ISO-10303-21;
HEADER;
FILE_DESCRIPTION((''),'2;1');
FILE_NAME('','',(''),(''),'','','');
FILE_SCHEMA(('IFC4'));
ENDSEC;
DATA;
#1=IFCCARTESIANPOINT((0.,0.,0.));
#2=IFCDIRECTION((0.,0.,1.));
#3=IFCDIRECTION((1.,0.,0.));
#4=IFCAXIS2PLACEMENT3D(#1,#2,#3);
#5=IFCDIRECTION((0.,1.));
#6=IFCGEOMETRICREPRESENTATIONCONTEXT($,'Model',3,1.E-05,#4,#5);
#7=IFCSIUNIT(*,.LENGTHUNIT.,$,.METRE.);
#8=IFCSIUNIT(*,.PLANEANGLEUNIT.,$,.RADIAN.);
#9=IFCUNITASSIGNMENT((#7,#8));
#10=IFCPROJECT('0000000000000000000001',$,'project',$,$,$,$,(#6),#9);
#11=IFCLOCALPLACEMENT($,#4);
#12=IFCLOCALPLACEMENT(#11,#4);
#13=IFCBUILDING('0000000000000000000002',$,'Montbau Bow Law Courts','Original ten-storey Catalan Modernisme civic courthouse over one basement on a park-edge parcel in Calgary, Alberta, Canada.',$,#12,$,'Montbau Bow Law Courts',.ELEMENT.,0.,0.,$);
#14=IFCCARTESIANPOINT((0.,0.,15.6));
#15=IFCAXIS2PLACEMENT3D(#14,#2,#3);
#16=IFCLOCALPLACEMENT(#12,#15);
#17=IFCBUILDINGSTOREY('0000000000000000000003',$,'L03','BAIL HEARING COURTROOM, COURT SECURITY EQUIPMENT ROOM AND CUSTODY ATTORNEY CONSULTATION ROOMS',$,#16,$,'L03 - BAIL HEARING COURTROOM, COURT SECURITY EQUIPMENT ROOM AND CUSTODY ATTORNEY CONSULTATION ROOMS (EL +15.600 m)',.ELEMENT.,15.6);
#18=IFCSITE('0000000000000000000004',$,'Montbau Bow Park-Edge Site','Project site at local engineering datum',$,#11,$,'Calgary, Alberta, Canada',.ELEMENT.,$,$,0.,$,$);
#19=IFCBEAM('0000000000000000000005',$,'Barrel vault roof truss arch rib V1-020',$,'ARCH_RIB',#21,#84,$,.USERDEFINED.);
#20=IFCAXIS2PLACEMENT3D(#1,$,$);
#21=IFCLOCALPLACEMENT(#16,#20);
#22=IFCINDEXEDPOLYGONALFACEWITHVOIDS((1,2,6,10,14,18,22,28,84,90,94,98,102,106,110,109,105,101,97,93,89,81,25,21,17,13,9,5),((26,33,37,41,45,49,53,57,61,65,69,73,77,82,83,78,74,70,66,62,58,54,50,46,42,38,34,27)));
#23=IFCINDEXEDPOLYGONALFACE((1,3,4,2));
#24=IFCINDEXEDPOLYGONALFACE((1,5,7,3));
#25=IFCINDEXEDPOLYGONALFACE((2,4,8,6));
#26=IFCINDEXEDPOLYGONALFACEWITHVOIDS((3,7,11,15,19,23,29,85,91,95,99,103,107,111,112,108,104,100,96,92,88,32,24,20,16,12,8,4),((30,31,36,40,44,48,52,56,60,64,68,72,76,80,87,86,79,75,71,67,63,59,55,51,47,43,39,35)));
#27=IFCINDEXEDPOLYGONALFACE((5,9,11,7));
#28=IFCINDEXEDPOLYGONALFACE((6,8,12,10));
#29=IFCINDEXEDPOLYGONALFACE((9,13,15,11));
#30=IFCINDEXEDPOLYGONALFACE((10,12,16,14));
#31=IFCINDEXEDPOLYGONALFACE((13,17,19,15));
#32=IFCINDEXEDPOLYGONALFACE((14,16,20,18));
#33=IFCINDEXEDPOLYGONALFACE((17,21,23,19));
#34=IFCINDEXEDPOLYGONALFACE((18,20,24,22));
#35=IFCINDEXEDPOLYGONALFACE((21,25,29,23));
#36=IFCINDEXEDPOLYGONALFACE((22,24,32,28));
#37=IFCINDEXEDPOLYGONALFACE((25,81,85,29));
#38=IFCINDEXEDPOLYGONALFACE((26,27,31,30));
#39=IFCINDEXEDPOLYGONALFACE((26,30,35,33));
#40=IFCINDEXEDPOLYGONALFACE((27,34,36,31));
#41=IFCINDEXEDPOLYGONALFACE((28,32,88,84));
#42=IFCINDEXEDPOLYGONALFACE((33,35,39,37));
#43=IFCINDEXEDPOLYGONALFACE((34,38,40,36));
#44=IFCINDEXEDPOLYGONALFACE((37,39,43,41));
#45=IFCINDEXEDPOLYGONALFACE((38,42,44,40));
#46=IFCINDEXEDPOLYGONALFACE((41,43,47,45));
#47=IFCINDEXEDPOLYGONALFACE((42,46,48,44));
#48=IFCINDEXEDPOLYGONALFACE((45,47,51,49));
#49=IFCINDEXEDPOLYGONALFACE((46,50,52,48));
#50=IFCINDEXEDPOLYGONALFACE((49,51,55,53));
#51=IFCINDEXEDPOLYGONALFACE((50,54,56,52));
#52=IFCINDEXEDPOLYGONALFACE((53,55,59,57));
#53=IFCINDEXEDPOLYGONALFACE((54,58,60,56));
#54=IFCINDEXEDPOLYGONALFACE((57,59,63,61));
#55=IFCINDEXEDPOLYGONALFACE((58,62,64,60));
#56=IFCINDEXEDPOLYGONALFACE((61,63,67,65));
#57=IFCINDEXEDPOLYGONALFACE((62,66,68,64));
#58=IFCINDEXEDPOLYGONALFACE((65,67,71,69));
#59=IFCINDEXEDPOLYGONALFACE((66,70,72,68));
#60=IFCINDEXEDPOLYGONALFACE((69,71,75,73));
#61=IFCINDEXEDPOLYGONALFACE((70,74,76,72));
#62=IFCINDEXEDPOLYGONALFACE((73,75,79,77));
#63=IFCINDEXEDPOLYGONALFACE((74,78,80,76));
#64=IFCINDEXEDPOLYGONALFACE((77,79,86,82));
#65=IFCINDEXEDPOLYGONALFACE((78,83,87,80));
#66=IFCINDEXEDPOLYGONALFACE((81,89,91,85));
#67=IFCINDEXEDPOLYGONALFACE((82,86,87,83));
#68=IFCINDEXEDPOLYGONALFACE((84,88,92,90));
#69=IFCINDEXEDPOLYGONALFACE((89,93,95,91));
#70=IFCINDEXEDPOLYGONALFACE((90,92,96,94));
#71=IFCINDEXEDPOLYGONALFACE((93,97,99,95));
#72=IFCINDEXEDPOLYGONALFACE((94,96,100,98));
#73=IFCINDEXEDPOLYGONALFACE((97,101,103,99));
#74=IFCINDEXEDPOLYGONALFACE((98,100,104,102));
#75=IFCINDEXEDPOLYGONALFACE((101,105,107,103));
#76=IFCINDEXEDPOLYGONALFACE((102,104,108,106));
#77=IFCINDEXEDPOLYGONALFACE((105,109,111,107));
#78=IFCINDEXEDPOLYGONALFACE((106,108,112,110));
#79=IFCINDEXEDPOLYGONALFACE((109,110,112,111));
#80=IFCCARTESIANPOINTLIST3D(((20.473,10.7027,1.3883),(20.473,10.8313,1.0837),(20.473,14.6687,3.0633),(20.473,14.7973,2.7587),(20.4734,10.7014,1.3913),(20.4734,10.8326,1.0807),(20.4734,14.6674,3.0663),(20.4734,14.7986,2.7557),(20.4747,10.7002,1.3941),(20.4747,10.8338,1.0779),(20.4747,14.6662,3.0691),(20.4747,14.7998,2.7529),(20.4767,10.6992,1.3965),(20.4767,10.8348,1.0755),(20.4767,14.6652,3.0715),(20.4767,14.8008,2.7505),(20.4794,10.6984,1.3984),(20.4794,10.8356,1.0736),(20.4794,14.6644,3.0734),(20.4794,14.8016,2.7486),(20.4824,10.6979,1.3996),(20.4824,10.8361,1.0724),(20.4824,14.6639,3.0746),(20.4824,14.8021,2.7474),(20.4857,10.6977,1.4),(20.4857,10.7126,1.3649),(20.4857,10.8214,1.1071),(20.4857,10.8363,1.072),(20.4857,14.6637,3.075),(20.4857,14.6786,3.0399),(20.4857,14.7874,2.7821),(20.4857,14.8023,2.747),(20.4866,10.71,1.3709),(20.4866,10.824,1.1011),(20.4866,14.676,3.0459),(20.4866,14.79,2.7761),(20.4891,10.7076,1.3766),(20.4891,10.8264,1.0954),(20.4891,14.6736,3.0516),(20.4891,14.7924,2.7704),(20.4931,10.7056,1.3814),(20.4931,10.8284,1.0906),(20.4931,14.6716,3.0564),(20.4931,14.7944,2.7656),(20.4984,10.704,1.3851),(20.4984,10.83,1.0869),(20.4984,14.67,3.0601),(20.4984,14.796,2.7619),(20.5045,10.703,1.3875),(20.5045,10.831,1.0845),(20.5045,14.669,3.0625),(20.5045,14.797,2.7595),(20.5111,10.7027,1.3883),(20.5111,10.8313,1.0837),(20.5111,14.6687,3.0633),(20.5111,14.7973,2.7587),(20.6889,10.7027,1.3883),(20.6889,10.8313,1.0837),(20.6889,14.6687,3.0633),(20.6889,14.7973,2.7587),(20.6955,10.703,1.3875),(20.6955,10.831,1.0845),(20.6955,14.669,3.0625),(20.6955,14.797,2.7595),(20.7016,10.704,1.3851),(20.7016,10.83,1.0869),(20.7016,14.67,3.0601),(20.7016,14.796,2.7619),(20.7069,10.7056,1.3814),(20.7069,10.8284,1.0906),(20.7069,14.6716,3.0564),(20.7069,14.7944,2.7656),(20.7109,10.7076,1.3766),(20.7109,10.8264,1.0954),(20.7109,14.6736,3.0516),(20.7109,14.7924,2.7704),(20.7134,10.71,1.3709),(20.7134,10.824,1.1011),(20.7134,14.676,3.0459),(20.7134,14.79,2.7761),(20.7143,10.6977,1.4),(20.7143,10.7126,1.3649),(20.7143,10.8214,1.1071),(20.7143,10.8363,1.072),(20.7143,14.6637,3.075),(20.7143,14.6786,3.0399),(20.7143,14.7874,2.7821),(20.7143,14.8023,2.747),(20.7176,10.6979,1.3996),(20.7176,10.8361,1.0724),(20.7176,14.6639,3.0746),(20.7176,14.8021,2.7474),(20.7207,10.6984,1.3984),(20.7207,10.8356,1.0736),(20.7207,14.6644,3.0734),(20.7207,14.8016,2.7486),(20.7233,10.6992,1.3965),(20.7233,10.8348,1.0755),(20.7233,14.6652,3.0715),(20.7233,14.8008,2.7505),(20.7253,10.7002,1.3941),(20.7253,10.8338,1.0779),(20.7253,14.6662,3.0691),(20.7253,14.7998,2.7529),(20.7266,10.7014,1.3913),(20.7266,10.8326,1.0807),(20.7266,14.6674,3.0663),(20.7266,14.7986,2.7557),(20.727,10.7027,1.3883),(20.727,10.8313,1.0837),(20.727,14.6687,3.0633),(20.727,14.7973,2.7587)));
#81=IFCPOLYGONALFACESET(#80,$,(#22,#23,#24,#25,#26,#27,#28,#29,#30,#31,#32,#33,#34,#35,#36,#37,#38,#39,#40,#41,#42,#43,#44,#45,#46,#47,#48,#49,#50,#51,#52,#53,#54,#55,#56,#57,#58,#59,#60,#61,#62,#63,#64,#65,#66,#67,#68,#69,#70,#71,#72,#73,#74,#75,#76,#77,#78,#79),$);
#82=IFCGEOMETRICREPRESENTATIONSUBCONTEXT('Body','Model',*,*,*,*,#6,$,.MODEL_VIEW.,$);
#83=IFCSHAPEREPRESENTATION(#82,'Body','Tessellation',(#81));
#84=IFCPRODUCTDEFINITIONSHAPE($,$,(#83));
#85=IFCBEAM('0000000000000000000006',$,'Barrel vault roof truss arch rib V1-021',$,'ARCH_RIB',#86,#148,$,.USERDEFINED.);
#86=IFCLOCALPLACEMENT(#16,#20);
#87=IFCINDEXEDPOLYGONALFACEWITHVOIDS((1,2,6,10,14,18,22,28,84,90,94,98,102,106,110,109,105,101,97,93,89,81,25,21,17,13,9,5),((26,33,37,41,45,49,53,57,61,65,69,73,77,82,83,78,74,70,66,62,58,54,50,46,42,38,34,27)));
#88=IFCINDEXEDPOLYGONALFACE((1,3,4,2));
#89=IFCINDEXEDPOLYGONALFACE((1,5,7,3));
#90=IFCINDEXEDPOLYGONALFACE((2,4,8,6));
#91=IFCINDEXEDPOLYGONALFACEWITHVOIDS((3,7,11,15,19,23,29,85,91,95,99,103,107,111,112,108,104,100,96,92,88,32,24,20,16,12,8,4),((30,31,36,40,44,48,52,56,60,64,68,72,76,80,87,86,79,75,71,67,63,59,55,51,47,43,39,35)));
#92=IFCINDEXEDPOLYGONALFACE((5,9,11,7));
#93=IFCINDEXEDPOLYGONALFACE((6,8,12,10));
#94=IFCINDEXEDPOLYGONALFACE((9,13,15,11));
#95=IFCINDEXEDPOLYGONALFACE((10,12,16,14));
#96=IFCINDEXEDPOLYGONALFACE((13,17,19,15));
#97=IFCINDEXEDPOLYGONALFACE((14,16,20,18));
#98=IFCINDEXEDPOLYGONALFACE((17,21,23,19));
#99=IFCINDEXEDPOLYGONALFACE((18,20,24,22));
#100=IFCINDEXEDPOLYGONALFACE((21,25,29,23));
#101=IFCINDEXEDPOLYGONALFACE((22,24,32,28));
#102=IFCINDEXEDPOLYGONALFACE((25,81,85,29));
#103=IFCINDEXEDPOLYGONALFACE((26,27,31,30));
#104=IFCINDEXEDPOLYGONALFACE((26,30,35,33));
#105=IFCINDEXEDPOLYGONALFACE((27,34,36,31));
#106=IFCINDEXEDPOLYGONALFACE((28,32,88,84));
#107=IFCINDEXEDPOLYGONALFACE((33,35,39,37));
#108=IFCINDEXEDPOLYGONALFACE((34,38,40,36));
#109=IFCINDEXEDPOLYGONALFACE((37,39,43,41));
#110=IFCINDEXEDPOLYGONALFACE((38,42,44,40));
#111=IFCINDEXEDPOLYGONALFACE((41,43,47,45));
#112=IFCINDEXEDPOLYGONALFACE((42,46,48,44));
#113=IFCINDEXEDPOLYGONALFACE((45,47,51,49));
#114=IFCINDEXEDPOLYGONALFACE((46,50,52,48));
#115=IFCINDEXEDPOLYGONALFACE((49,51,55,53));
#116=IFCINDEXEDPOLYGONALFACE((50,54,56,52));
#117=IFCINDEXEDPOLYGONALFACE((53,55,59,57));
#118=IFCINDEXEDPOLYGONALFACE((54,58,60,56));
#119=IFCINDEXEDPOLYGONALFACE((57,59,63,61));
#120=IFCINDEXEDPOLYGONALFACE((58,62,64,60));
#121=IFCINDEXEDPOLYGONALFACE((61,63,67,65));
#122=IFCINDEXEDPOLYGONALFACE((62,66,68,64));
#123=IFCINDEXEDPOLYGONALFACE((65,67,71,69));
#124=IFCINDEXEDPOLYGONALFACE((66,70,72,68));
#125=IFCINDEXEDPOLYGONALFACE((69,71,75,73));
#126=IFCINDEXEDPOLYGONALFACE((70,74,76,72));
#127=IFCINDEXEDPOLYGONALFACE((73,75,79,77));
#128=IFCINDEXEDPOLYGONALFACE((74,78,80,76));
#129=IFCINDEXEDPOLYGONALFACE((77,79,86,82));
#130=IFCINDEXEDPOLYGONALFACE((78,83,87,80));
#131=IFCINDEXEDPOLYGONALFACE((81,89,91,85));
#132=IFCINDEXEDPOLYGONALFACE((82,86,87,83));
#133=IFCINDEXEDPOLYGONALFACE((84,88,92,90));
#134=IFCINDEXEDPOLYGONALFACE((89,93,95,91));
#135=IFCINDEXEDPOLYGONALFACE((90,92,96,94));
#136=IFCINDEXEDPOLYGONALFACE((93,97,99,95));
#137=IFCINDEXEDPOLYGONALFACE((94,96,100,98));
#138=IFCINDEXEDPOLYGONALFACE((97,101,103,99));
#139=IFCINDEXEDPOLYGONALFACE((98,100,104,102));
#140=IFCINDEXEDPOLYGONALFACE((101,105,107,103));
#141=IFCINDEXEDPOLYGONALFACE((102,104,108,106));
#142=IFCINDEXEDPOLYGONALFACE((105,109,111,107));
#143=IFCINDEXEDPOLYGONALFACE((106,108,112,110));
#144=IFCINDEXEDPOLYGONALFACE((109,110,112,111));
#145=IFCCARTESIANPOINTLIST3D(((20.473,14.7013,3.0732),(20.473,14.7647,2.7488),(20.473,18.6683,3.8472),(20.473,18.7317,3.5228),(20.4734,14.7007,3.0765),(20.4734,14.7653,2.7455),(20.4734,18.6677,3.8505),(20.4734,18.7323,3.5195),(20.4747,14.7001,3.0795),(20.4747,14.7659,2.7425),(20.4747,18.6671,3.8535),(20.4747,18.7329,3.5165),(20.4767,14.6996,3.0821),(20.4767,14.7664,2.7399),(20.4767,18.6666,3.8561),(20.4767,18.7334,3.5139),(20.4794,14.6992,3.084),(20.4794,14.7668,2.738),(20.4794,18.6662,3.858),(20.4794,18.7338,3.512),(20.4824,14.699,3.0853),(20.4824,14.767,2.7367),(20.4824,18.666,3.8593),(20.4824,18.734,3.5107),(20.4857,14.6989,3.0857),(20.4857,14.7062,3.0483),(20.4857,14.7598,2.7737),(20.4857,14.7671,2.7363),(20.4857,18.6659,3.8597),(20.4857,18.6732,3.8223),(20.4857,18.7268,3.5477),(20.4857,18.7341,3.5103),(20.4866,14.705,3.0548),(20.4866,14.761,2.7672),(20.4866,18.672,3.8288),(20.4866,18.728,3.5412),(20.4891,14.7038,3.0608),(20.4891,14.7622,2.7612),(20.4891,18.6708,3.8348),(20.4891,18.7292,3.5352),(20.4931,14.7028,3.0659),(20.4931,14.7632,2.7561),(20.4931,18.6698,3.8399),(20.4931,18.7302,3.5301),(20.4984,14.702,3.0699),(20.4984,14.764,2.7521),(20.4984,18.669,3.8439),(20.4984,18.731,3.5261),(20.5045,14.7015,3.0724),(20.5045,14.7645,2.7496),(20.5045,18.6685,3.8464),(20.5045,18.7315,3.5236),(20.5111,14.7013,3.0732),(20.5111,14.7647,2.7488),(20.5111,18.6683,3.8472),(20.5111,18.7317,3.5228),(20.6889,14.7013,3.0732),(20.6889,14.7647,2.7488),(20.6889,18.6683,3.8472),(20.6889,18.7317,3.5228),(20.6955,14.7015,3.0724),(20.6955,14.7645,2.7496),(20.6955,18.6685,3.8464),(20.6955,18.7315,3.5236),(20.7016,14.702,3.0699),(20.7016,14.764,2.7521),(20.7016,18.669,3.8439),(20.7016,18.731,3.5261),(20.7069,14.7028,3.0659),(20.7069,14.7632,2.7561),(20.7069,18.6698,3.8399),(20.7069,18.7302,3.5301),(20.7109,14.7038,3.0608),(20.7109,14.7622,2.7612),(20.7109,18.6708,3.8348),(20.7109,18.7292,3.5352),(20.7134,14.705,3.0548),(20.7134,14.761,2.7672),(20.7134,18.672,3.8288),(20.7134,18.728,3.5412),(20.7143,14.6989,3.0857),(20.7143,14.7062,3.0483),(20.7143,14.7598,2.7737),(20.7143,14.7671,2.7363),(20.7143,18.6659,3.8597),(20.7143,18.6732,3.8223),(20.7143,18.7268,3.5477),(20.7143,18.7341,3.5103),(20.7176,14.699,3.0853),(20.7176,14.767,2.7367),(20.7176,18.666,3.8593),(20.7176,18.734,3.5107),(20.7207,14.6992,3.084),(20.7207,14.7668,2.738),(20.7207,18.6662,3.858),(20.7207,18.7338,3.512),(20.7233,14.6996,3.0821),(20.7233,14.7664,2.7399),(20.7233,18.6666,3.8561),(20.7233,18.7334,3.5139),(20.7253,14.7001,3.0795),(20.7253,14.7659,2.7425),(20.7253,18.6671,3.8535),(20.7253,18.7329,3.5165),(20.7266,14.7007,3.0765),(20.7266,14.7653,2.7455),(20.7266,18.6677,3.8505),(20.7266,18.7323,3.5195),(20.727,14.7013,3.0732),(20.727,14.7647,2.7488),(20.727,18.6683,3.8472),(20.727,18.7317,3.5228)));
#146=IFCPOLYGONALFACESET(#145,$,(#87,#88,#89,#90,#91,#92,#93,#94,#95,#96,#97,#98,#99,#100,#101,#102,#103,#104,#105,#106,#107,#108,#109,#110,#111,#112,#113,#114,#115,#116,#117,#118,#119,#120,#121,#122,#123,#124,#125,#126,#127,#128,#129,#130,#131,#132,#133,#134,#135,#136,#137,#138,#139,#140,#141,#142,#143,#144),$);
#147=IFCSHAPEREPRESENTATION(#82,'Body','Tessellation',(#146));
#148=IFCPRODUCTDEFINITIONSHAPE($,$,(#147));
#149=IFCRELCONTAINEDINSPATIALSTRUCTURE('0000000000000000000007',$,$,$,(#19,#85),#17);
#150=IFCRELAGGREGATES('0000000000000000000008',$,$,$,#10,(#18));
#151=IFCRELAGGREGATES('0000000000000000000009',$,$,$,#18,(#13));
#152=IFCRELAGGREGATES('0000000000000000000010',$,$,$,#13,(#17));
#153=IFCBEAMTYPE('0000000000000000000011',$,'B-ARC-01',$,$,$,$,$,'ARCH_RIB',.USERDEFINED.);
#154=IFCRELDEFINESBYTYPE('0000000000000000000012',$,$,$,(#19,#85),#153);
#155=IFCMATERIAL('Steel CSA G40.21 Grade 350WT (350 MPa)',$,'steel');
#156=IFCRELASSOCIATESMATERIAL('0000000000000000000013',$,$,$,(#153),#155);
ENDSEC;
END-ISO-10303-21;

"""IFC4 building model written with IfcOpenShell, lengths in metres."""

from ifc_helpers import new_model, si_unit, direction, frame, origin_with_axes, origin_2d_with_axis, place, context, subcontext, project, spatial, hollow_rectangle, extrude, material, material_profile, profile_set, type_object, element, save


model = new_model("IFC4")

# Units and contexts
model_context = context("Model", 3, precision=1e-05, world=origin_with_axes(), true_north=direction((0.0, 1.0)))
body_context = subcontext(model_context, "Body", "Model", "MODEL_VIEW")
ifc_project = project(units=[si_unit("LENGTHUNIT", "METRE"), si_unit("PLANEANGLEUNIT", "RADIAN")], contexts=[model_context])

# Site, building, storey
site_placement = place(None, origin_with_axes())
site = spatial("IfcSite", under=ifc_project, at=site_placement, Name="Montbau Bow Park-Edge Site", Description="Project site at local engineering datum", LongName="Calgary, Alberta, Canada", CompositionType="ELEMENT", RefElevation=0.0)
building_placement = place(site_placement, origin_with_axes())
building = spatial("IfcBuilding", under=site, at=building_placement, Name="Montbau Bow Law Courts", Description="Original ten-storey Catalan Modernisme civic courthouse over one basement on a park-edge parcel in Calgary, Alberta, Canada.", LongName="Montbau Bow Law Courts", CompositionType="ELEMENT", ElevationOfRefHeight=0.0, ElevationOfTerrain=0.0)
storey_placement = place(building_placement, frame((0.0, 0.0, 15.6), z_axis=(0.0, 0.0, 1.0), x_axis=(1.0, 0.0, 0.0)))
storey = spatial("IfcBuildingStorey", under=building, at=storey_placement, Name="L03", Description="BAIL HEARING COURTROOM, COURT SECURITY EQUIPMENT ROOM AND CUSTODY ATTORNEY CONSULTATION ROOMS", LongName="L03 - BAIL HEARING COURTROOM, COURT SECURITY EQUIPMENT ROOM AND CUSTODY ATTORNEY CONSULTATION ROOMS (EL +15.600 m)", CompositionType="ELEMENT", Elevation=15.6)

# Beams
ifc_material_1 = material(Name="Steel CSA G40.21 Grade 350WT (350 MPa)", Category="steel")
ifc_material_profile_1 = material_profile(ifc_material_1, hollow_rectangle(XDim=0.254, YDim=0.356, WallThickness=0.0127, InnerFilletRadius=0.0254, OuterFilletRadius=0.0127, at=origin_2d_with_axis()), Name="HSS356X254X13", Category="Main", Priority=0)
ifc_profile_set_1 = profile_set([ifc_material_profile_1], Name="Steel CSA G40.21 Grade 350WT (350 MPa)")
beam_type = type_object("IfcBeamType", Name="B-ARC-01", ElementType="ARCH_RIB", PredefinedType="USERDEFINED", material=ifc_profile_set_1)
beam_placement = place(None, frame((20.6, 10.767, 16.836), z_axis=(0.0, 0.921211, 0.389064), x_axis=(-1.0, 0.0, 0.0)))
element("IfcBeam", 1, at=beam_placement, inside=storey, type_object=beam_type, Name="Barrel vault roof truss arch rib V1-020", ObjectType="ARCH_RIB", PredefinedType="USERDEFINED", context=body_context, shape_type="SweptSolid", body=[
    extrude(hollow_rectangle(XDim=0.254, YDim=0.356, WallThickness=0.0127, InnerFilletRadius=0.0254, OuterFilletRadius=0.0127, at=origin_2d_with_axis()), origin_with_axes(), (0.0, 0.0, 1.0), 4.3052),
])
for number, where, z_axis, x_axis, name in (
    (2, (20.6, 14.733, 18.511), (0.0, 0.981493, 0.191499), (-1.0, 0.0, 0.0), "Barrel vault roof truss arch rib V1-021"),
):
    element("IfcBeam", number, at=place(None, frame(where, z_axis=z_axis, x_axis=x_axis)), inside=storey, type_object=beam_type, Name=name, ObjectType="ARCH_RIB", PredefinedType="USERDEFINED", context=body_context, shape_type="SweptSolid", body=[
        extrude(hollow_rectangle(XDim=0.254, YDim=0.356, WallThickness=0.0127, InnerFilletRadius=0.0254, OuterFilletRadius=0.0127, at=origin_2d_with_axis()), origin_with_axes(), (0.0, 0.0, 1.0), 4.0418),
    ])

save(model, "model.ifc")
